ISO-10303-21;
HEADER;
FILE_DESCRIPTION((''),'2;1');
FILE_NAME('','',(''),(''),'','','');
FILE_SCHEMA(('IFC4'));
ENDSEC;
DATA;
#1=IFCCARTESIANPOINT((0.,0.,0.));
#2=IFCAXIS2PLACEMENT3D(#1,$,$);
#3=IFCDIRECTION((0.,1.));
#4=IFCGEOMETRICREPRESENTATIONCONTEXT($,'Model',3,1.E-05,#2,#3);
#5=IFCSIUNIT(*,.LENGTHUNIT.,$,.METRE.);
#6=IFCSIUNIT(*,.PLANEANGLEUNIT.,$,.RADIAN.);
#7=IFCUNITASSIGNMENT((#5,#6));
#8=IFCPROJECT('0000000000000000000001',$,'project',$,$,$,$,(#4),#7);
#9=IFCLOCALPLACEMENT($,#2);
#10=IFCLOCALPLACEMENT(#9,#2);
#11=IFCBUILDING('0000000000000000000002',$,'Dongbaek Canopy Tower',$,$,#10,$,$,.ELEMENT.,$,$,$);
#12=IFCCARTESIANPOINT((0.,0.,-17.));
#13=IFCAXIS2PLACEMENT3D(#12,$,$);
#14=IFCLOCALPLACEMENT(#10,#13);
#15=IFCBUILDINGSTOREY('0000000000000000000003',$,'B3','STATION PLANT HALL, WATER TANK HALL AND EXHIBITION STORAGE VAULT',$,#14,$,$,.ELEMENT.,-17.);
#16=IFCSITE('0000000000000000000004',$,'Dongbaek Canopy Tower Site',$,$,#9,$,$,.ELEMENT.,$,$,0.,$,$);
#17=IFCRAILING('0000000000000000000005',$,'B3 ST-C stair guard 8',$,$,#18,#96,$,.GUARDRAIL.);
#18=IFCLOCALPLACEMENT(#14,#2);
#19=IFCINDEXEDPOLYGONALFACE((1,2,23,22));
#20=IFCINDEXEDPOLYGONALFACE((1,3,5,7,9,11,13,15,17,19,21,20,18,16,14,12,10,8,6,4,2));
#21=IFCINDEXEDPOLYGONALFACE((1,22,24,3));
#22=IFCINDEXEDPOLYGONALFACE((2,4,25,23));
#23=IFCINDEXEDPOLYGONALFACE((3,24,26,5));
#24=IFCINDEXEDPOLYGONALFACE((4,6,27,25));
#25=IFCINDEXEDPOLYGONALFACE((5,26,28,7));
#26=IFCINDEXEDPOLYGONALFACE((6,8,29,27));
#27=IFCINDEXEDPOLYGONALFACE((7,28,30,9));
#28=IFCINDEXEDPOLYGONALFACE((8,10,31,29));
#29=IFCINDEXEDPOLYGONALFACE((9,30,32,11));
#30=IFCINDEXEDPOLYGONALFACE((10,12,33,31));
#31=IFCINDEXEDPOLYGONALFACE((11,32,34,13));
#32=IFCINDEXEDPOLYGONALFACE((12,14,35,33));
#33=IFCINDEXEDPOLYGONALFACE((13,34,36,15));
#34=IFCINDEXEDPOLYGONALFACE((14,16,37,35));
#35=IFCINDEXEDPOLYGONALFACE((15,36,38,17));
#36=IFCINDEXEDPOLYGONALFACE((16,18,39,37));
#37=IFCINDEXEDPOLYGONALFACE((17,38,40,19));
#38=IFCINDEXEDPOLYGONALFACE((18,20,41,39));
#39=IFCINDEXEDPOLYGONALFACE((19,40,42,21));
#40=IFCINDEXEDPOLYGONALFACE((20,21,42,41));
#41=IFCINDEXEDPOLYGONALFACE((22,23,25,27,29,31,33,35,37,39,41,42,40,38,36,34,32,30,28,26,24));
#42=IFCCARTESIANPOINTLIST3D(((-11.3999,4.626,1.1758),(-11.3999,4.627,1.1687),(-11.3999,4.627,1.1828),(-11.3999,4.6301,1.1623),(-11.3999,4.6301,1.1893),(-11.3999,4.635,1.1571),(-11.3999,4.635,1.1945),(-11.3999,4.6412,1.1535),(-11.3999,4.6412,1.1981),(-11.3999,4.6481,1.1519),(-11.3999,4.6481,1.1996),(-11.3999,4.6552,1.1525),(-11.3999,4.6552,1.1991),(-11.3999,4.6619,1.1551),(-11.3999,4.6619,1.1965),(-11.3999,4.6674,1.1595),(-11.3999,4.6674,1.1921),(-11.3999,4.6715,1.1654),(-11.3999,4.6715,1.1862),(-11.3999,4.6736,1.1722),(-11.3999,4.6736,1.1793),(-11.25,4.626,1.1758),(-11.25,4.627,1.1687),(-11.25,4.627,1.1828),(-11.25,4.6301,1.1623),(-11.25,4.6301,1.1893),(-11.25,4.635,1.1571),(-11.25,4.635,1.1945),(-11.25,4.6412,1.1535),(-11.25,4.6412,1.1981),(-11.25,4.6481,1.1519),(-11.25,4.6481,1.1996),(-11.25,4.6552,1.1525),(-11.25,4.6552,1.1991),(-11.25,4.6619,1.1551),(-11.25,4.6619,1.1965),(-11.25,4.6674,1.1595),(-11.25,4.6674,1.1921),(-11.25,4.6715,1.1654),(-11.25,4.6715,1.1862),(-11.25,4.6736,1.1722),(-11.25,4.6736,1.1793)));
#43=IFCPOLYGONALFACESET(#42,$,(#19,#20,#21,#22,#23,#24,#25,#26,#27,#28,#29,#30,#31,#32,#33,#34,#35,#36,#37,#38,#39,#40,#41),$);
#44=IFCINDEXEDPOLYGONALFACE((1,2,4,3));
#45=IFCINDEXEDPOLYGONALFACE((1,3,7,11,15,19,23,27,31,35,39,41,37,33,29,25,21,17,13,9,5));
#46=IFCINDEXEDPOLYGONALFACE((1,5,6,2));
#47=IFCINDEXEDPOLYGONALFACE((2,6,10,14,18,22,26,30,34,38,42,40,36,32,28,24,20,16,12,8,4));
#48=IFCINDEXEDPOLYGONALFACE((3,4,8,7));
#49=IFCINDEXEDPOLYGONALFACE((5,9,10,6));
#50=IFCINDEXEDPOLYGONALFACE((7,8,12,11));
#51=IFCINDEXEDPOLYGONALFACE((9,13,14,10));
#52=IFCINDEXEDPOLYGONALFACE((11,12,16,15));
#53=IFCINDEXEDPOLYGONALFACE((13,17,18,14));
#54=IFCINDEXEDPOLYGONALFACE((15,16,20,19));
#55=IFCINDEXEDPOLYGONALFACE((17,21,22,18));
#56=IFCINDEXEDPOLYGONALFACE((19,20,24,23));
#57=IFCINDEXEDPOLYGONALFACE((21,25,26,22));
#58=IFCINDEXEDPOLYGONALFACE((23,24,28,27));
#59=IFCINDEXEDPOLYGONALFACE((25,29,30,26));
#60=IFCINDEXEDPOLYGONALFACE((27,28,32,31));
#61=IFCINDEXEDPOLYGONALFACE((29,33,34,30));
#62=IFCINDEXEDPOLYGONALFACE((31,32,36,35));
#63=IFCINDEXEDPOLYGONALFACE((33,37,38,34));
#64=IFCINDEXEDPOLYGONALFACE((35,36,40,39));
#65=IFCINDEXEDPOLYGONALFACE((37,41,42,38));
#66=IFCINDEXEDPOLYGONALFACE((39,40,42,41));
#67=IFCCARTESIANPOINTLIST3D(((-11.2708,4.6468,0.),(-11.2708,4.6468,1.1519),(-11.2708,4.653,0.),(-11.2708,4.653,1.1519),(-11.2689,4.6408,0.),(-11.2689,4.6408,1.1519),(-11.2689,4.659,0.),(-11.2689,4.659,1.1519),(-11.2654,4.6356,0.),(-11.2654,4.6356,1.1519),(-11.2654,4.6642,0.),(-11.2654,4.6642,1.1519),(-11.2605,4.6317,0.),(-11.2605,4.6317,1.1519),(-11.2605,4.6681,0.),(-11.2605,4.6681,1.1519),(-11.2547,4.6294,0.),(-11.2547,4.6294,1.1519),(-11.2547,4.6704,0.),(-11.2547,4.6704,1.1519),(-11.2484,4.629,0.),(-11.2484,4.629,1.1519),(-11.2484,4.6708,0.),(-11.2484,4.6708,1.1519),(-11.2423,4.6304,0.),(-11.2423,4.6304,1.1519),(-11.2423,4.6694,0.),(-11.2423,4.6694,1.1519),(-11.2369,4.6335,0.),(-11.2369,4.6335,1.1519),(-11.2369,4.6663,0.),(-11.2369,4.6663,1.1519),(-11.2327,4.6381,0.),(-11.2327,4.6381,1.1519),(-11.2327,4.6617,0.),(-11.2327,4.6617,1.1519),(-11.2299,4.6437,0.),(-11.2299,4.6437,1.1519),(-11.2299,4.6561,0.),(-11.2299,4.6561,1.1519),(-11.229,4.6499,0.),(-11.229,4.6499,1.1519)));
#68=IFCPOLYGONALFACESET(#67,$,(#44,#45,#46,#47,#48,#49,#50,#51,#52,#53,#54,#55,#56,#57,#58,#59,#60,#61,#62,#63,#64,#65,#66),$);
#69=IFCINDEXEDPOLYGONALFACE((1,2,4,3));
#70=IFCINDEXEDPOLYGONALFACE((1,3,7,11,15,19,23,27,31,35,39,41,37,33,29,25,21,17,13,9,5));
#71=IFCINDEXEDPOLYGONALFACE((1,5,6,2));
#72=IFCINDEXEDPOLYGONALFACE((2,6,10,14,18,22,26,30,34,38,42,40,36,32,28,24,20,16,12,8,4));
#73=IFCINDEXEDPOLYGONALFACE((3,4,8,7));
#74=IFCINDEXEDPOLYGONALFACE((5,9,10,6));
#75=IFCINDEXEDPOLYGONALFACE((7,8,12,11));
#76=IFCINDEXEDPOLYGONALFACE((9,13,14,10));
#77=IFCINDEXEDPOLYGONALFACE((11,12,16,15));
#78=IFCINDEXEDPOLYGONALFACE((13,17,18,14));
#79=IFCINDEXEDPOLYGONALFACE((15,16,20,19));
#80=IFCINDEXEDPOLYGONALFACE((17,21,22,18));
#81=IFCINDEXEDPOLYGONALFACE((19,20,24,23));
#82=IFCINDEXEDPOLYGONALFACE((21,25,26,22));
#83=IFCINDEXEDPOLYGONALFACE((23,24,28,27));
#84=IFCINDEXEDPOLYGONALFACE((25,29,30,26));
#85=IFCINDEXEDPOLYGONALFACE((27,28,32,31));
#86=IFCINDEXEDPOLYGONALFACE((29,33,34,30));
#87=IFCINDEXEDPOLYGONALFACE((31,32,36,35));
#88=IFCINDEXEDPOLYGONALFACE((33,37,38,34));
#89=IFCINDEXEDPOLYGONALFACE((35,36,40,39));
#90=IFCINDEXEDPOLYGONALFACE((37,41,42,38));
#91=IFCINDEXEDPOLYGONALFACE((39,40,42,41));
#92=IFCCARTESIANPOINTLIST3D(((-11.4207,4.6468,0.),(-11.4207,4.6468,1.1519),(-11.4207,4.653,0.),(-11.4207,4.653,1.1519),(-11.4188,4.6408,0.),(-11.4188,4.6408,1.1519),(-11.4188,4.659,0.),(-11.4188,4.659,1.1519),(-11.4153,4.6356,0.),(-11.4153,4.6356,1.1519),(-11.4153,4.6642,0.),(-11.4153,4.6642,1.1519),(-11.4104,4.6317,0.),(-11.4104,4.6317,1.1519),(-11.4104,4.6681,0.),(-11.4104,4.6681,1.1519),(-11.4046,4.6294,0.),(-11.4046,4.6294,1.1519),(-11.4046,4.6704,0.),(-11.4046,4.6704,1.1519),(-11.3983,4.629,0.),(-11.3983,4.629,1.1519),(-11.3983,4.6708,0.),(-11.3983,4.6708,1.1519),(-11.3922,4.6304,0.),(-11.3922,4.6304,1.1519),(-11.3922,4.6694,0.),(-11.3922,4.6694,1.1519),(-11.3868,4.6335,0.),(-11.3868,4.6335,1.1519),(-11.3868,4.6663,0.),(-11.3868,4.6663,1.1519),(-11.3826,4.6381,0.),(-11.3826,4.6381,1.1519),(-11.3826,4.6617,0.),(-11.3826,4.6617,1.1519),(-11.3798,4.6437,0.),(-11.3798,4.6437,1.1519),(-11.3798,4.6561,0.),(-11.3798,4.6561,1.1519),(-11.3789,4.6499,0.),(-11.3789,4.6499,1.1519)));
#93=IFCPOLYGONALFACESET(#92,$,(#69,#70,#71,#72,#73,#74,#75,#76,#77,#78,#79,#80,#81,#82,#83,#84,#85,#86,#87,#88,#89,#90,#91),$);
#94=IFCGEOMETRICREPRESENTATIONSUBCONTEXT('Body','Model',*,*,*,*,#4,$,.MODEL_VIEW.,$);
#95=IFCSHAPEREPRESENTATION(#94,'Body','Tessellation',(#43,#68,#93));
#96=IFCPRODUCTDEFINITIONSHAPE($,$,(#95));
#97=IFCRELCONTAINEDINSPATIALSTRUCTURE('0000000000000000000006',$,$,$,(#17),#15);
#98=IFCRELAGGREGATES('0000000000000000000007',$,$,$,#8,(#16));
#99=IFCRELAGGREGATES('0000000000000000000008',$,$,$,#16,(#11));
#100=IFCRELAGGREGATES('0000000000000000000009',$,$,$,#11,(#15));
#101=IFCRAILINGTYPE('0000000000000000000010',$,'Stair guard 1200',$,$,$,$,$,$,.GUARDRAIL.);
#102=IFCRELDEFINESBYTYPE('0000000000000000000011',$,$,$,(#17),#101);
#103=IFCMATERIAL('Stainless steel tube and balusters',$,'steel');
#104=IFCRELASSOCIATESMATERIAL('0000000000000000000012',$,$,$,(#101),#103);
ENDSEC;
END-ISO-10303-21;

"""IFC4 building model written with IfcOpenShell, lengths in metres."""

from ifc_helpers import new_model, si_unit, direction, frame, origin, origin_2d, place, context, subcontext, project, spatial, circle, extrude, material, type_object, element, save


model = new_model("IFC4")

# Units and contexts
model_context = context("Model", 3, precision=1e-05, world=origin(), true_north=direction((0.0, 1.0)))
body_context = subcontext(model_context, "Body", "Model", "MODEL_VIEW")
ifc_project = project(units=[si_unit("LENGTHUNIT", "METRE"), si_unit("PLANEANGLEUNIT", "RADIAN")], contexts=[model_context])

# Site, building, storey
site_placement = place(None, origin())
site = spatial("IfcSite", under=ifc_project, at=site_placement, Name="Dongbaek Canopy Tower Site", CompositionType="ELEMENT", RefElevation=0.0)
building_placement = place(site_placement, origin())
building = spatial("IfcBuilding", under=site, at=building_placement, Name="Dongbaek Canopy Tower", CompositionType="ELEMENT")
storey_placement = place(building_placement, frame((0.0, 0.0, -17.0)))
storey = spatial("IfcBuildingStorey", under=building, at=storey_placement, Name="B3", Description="STATION PLANT HALL, WATER TANK HALL AND EXHIBITION STORAGE VAULT", CompositionType="ELEMENT", Elevation=-17.0)

# Railing
ifc_material_1 = material(Name="Stainless steel tube and balusters", Category="steel")
railing_type_1 = type_object("IfcRailingType", Name="Stair guard 1200", PredefinedType="GUARDRAIL", material=ifc_material_1)
railing_1_placement = place(storey_placement, frame((-11.25, 4.6499, 0.0)))
element("IfcRailing", 1, at=railing_1_placement, inside=storey, type_object=railing_type_1, Name="B3 ST-C stair guard 8", PredefinedType="GUARDRAIL", context=body_context, shape_type="SweptSolid", body=[
    extrude(circle(Radius=0.0239, at=origin_2d()), frame((0.0, 0.0, 1.1758), z_axis=(-1.0, 0.0, 0.0), x_axis=(0.0, -1.0, 0.0)), (0.0, 0.0, 1.0), 0.1499),
    extrude(circle(Radius=0.021, at=origin_2d()), origin(), (0.0, 0.0, 1.0), 1.1519),
    extrude(circle(Radius=0.021, at=origin_2d()), frame((-0.1499, 0.0, 0.0)), (0.0, 0.0, 1.0), 1.1519),
])

save(model, "model.ifc")
